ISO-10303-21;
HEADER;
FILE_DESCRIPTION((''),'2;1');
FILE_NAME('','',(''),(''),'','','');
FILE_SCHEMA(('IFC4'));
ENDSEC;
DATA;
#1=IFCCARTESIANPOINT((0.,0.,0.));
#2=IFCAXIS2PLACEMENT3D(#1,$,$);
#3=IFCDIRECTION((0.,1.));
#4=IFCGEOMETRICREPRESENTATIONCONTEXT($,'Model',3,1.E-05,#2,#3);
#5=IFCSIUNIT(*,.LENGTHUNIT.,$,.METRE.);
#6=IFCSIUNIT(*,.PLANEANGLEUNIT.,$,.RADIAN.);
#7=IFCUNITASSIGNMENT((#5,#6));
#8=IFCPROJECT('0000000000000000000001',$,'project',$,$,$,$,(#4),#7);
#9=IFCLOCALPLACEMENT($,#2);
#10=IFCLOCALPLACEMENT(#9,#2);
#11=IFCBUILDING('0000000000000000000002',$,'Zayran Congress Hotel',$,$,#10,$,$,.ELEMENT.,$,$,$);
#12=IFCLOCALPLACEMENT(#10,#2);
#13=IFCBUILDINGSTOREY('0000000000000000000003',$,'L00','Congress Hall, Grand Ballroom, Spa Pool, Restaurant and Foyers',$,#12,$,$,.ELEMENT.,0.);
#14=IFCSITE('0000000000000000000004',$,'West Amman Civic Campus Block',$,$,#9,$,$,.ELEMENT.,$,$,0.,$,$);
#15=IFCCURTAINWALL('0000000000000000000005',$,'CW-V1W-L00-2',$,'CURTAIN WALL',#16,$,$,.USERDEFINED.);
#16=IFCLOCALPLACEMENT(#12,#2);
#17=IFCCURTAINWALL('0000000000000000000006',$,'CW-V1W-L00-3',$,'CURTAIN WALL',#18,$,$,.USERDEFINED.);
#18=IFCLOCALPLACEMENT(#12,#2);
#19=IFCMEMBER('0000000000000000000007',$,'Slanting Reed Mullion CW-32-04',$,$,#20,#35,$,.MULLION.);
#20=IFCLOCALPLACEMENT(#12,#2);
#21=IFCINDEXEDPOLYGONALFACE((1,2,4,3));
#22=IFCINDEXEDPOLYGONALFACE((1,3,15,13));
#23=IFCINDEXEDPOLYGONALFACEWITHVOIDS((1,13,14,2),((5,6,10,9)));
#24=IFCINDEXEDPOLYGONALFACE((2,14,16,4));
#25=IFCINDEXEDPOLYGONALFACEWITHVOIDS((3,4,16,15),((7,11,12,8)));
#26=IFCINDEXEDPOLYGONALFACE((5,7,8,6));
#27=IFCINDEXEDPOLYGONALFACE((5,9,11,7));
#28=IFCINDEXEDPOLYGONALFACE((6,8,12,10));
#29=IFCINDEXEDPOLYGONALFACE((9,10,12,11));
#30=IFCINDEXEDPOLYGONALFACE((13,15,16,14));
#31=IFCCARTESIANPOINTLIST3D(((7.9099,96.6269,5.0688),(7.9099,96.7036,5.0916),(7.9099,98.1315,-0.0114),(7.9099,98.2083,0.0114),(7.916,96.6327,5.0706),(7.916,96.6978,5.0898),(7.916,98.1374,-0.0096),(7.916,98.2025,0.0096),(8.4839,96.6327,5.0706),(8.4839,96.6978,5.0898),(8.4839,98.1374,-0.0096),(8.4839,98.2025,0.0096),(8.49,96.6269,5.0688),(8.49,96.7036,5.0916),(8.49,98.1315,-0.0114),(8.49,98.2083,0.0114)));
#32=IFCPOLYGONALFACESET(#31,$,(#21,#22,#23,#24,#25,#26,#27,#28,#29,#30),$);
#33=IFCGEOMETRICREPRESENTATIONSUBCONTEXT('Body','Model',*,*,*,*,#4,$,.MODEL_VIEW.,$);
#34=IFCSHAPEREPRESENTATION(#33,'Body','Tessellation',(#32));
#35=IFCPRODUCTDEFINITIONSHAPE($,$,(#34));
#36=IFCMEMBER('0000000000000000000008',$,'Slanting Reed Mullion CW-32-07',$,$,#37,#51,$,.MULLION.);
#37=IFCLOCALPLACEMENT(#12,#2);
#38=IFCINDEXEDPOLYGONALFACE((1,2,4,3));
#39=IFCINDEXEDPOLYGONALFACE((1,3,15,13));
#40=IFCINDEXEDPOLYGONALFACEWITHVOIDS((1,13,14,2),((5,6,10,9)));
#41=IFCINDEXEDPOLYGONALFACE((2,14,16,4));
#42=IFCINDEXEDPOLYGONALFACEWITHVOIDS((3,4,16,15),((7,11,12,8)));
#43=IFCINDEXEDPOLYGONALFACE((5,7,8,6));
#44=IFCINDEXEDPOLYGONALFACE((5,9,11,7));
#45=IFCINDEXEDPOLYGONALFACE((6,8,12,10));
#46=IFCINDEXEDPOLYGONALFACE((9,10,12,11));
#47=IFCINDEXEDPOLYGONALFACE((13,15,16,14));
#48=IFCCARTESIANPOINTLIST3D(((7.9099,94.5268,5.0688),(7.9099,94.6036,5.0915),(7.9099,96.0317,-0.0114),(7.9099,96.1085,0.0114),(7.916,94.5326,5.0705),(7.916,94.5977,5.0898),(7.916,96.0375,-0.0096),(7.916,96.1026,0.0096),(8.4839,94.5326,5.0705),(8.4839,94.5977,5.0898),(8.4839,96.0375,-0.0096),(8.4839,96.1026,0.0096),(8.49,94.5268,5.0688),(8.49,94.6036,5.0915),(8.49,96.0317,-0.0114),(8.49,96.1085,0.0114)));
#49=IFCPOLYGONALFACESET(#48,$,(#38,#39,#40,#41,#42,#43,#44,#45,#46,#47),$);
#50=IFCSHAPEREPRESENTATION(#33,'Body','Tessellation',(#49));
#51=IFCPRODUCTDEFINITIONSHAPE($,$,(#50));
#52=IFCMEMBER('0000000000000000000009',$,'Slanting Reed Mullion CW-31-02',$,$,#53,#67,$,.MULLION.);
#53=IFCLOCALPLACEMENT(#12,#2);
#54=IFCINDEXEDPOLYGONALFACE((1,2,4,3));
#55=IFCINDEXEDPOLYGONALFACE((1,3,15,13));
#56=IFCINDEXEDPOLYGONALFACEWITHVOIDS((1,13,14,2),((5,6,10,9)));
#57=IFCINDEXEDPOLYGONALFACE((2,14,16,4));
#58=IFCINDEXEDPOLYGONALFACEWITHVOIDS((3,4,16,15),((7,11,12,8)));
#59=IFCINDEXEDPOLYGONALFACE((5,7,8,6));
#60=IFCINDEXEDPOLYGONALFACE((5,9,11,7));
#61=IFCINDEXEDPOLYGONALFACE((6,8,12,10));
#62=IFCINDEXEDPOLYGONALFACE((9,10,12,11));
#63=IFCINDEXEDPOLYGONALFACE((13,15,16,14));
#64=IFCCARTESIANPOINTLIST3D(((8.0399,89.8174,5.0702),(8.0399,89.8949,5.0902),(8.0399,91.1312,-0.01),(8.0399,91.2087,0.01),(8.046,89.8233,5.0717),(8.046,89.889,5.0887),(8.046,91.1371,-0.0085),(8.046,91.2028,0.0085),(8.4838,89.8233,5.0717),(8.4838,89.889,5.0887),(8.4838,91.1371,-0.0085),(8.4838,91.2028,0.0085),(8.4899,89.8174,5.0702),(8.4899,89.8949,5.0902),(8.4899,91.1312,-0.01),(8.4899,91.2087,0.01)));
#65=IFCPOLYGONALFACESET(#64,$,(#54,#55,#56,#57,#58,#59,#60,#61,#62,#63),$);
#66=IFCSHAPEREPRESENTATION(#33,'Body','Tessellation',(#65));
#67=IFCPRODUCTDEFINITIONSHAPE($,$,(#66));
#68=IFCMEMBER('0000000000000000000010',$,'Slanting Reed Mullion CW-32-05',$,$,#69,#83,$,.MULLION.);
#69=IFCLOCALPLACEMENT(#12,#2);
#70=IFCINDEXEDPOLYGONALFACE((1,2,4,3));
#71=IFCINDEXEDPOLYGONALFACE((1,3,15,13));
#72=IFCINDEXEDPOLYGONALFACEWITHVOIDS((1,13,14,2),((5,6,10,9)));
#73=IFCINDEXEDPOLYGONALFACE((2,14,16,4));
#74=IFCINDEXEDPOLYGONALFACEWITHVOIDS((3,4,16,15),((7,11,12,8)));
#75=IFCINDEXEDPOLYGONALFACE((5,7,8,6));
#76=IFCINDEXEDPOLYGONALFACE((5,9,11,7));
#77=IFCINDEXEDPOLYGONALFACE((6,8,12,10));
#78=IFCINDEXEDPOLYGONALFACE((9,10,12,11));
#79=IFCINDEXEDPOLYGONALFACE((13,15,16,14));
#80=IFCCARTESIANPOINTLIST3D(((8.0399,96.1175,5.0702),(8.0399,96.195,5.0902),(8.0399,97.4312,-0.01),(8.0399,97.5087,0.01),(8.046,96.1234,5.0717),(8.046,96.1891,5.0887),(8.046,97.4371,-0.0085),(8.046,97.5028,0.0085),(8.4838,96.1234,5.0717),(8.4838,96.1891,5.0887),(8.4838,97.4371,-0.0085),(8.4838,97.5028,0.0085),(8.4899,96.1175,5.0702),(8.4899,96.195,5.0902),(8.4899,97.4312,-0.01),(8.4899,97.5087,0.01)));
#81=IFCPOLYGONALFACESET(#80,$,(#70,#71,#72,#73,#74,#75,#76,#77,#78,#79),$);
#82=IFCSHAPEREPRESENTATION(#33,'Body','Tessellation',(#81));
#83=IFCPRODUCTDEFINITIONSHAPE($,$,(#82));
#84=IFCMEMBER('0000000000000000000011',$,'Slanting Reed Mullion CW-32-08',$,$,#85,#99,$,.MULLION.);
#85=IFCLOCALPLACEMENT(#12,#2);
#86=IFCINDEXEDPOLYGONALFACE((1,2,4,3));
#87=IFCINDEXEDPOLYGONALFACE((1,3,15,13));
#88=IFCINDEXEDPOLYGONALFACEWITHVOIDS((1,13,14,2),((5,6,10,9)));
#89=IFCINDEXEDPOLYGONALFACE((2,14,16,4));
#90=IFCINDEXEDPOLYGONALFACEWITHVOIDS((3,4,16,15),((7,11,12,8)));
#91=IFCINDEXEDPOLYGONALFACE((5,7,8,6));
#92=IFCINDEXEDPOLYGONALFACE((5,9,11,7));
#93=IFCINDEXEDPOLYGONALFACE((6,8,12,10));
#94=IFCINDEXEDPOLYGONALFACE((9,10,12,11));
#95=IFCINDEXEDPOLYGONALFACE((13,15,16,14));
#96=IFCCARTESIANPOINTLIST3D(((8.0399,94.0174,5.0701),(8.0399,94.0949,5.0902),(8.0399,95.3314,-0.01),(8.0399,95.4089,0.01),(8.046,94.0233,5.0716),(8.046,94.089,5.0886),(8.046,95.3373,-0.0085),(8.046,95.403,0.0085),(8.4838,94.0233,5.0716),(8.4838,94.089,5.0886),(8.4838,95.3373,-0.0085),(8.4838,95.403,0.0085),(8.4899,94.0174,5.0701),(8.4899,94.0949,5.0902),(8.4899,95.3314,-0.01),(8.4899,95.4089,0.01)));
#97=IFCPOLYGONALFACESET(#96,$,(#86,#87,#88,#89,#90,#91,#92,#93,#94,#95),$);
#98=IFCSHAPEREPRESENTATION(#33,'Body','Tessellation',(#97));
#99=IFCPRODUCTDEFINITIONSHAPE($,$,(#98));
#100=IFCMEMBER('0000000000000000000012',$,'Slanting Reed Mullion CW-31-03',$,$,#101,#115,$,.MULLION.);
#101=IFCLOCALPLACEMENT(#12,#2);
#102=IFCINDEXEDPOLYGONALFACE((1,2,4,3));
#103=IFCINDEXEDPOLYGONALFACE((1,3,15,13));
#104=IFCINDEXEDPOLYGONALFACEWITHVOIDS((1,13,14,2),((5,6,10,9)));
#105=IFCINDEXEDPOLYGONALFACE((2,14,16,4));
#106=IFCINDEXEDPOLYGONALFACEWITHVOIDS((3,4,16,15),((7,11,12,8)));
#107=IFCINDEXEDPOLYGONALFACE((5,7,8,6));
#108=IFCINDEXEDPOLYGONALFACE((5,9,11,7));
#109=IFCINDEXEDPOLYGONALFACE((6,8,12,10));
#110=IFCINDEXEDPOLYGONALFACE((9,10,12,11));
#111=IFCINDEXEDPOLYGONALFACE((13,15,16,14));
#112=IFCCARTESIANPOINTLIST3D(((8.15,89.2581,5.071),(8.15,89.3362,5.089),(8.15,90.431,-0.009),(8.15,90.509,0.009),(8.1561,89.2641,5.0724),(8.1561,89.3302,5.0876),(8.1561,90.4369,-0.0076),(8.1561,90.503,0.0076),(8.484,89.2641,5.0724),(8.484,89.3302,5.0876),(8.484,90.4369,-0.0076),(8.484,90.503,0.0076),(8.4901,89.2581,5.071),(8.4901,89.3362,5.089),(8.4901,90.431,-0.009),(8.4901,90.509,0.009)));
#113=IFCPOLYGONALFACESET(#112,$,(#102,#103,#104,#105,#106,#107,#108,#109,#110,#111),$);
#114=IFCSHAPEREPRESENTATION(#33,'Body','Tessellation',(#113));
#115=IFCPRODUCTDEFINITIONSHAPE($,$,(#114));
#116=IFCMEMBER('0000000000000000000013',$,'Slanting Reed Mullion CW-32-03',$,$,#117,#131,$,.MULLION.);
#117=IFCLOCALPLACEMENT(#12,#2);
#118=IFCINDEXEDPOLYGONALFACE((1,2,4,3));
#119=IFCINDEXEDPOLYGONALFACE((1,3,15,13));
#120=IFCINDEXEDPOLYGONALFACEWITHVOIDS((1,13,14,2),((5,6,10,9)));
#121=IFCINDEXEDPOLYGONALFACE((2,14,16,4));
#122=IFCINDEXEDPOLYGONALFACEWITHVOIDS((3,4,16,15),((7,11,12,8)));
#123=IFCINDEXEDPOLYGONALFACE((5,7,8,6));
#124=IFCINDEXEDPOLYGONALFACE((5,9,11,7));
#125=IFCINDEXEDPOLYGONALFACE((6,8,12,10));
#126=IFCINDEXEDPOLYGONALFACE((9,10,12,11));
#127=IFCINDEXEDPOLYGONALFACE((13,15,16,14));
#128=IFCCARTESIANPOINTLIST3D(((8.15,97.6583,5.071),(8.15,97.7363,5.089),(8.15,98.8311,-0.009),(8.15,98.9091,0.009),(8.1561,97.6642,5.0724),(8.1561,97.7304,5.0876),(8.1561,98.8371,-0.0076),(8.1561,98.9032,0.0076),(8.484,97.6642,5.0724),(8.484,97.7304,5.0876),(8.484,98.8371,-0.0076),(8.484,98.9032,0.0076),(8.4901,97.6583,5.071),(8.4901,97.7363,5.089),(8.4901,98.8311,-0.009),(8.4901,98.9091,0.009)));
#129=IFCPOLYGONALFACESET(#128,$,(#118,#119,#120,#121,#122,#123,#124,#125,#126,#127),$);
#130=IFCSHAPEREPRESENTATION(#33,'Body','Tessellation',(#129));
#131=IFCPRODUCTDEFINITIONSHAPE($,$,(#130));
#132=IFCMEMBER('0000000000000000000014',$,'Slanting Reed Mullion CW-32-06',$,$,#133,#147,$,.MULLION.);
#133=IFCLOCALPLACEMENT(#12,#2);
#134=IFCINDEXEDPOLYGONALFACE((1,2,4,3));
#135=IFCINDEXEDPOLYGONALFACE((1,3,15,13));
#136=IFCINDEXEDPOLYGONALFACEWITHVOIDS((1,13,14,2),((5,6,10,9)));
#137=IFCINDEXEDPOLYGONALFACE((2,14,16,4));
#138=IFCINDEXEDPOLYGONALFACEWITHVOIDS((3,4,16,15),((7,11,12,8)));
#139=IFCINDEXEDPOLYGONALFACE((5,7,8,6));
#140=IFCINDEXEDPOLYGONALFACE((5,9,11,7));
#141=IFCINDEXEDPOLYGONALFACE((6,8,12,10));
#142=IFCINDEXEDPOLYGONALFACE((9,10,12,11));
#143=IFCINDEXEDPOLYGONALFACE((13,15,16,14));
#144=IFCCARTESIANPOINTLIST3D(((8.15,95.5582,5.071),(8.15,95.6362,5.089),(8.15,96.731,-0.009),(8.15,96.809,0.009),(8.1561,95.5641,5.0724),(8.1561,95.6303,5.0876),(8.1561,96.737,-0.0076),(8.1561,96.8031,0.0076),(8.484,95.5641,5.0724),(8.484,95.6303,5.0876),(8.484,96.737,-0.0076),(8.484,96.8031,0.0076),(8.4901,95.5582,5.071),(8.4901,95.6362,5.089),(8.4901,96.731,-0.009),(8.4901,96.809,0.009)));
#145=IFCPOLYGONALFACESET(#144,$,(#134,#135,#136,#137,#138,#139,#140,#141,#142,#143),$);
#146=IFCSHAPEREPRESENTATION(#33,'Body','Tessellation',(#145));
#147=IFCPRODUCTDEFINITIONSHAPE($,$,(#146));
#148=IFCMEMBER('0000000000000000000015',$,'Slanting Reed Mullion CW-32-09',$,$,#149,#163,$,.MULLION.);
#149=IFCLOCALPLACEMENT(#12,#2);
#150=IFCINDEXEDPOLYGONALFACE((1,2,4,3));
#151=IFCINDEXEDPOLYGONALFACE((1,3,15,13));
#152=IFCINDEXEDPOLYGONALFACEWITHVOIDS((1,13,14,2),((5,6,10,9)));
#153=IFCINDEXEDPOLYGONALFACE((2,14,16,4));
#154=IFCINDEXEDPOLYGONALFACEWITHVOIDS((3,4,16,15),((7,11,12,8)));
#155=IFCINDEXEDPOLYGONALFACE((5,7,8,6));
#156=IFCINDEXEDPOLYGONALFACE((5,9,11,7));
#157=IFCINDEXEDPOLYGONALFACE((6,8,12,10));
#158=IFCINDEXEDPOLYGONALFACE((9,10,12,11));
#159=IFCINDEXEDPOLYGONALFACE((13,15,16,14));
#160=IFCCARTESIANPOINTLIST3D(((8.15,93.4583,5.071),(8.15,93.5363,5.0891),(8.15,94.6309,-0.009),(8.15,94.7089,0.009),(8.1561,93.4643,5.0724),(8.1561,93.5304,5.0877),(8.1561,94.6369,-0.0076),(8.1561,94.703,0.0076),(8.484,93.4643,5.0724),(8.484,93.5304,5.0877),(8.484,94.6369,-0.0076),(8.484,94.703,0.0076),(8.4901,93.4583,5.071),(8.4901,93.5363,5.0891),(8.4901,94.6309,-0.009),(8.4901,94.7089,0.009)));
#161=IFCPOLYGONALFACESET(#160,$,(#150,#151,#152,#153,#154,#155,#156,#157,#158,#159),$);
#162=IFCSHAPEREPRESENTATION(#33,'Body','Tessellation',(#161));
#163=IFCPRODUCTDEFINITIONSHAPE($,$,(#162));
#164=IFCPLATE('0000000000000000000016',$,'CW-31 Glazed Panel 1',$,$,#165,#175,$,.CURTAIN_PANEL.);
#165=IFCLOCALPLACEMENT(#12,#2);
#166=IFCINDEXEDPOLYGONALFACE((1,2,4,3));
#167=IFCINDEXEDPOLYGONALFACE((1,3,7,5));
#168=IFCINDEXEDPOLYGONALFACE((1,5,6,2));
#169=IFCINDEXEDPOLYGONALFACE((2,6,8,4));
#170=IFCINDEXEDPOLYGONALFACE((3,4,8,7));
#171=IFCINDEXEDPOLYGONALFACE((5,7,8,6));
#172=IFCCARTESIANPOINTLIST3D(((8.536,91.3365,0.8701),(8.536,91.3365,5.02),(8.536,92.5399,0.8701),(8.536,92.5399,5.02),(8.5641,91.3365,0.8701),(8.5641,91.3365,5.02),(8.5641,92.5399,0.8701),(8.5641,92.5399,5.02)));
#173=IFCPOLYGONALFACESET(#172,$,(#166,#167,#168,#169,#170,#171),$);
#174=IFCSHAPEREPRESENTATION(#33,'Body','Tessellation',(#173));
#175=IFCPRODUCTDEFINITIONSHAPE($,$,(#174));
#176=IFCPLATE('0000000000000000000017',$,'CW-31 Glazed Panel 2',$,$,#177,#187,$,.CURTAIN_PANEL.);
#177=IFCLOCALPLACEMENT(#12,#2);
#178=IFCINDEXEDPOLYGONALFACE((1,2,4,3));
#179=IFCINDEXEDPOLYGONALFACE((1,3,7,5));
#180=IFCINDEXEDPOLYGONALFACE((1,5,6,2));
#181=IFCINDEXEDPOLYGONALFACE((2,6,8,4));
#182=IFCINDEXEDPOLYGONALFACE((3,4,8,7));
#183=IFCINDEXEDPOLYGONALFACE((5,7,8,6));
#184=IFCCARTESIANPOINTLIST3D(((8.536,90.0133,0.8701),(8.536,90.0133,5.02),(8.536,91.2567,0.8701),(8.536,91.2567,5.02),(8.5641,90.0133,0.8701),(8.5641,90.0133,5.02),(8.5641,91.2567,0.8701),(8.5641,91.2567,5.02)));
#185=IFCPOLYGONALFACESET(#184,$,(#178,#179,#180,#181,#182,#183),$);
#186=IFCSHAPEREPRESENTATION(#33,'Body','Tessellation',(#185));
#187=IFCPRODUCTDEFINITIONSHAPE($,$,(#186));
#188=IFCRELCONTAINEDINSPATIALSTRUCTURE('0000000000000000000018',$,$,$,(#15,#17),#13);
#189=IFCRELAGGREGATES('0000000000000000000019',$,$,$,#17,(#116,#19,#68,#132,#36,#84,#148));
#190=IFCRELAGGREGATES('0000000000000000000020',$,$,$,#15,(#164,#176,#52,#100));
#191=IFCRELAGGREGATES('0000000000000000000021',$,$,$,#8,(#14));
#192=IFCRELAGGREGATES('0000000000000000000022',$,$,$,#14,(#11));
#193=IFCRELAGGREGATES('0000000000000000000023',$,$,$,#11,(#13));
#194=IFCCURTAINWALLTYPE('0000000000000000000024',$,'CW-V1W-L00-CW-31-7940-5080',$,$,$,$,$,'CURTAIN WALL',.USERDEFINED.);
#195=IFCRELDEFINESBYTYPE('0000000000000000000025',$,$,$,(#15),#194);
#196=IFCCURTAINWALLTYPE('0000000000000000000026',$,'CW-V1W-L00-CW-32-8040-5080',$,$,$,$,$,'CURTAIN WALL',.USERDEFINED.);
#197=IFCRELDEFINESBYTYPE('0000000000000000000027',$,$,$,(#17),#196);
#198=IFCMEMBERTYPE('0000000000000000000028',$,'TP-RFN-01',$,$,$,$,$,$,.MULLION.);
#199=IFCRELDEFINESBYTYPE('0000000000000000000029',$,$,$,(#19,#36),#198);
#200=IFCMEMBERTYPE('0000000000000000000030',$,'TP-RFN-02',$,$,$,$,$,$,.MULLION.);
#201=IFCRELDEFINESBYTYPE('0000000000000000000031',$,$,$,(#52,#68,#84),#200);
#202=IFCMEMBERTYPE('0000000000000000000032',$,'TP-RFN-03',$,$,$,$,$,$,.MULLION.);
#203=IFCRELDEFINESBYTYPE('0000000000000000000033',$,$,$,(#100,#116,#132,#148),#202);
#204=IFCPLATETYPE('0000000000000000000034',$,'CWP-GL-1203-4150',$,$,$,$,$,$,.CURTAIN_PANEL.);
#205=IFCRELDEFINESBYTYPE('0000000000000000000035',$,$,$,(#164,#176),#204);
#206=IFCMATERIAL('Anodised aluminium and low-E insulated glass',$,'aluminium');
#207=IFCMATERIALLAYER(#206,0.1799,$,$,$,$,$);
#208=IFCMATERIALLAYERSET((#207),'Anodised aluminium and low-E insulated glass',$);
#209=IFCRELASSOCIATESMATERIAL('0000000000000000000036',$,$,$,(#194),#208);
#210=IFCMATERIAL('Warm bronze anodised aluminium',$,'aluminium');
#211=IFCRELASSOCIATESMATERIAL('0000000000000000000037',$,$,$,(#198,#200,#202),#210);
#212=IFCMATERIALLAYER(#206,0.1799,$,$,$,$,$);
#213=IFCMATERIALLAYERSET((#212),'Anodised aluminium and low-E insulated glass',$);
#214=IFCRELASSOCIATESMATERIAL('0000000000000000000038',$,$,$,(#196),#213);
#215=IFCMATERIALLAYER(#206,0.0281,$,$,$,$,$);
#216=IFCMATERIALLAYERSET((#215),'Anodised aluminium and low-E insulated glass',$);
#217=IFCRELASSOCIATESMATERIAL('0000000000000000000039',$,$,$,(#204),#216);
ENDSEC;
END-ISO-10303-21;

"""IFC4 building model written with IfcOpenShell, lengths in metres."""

from ifc_helpers import new_model, si_unit, direction, frame, origin, origin_2d, place, context, subcontext, project, spatial, rectangle, hollow_rectangle, extrude, material, layer, layer_set, material_profile, profile_set, type_object, element, aggregate, save


model = new_model("IFC4")

# Units and contexts
model_context = context("Model", 3, precision=1e-05, world=origin(), true_north=direction((0.0, 1.0)))
body_context = subcontext(model_context, "Body", "Model", "MODEL_VIEW")
ifc_project = project(units=[si_unit("LENGTHUNIT", "METRE"), si_unit("PLANEANGLEUNIT", "RADIAN")], contexts=[model_context])

# Site, building, storey
site_placement = place(None, origin())
site = spatial("IfcSite", under=ifc_project, at=site_placement, Name="West Amman Civic Campus Block", CompositionType="ELEMENT", RefElevation=0.0)
building_placement = place(site_placement, origin())
building = spatial("IfcBuilding", under=site, at=building_placement, Name="Zayran Congress Hotel", CompositionType="ELEMENT")
storey_placement = place(building_placement, origin())
storey = spatial("IfcBuildingStorey", under=building, at=storey_placement, Name="L00", Description="Congress Hall, Grand Ballroom, Spa Pool, Restaurant and Foyers", CompositionType="ELEMENT", Elevation=0.0)

# Curtain walls, members
ifc_material_1 = material(Name="Anodised aluminium and low-E insulated glass", Category="aluminium")
ifc_layer_1 = layer(ifc_material_1, 0.1799)
ifc_layer_set_1 = layer_set([ifc_layer_1], Name="Anodised aluminium and low-E insulated glass")
curtain_wall_type_1 = type_object("IfcCurtainWallType", Name="CW-V1W-L00-CW-31-7940-5080", ElementType="CURTAIN WALL", PredefinedType="USERDEFINED", material=ifc_layer_set_1)
curtain_wall_1_placement = place(storey_placement, origin())
curtain_wall_1 = element("IfcCurtainWall", 1, at=curtain_wall_1_placement, inside=storey, type_object=curtain_wall_type_1, Name="CW-V1W-L00-2", ObjectType="CURTAIN WALL", PredefinedType="USERDEFINED")
ifc_material_2 = material(Name="Warm bronze anodised aluminium", Category="aluminium")
ifc_material_profile_1 = material_profile(ifc_material_2, hollow_rectangle(XDim=0.0801, YDim=0.5801, WallThickness=0.0061, at=origin_2d()), Name="RHS 580x80x6")
ifc_profile_set_1 = profile_set([ifc_material_profile_1], Name="Warm bronze anodised aluminium")
member_type_1 = type_object("IfcMemberType", Name="TP-RFN-01", PredefinedType="MULLION", material=ifc_profile_set_1)
ifc_layer_2 = layer(ifc_material_1, 0.1799)
ifc_layer_set_2 = layer_set([ifc_layer_2], Name="Anodised aluminium and low-E insulated glass")
curtain_wall_type_2 = type_object("IfcCurtainWallType", Name="CW-V1W-L00-CW-32-8040-5080", ElementType="CURTAIN WALL", PredefinedType="USERDEFINED", material=ifc_layer_set_2)
curtain_wall_2_placement = place(storey_placement, origin())
curtain_wall_2 = element("IfcCurtainWall", 2, at=curtain_wall_2_placement, inside=storey, type_object=curtain_wall_type_2, Name="CW-V1W-L00-3", ObjectType="CURTAIN WALL", PredefinedType="USERDEFINED")
member_1_placement = place(storey_placement, frame((8.2, 98.1699, 0.0), z_axis=(0.0, -0.283989, 0.958827), x_axis=(0.0, 0.958827, 0.283989)))
member_1 = element("IfcMember", 3, at=member_1_placement, type_object=member_type_1, Name="Slanting Reed Mullion CW-32-04", PredefinedType="MULLION", context=body_context, shape_type="SweptSolid", body=[
    extrude(hollow_rectangle(XDim=0.0801, YDim=0.5801, WallThickness=0.0061, at=origin_2d()), origin(), (0.0, 0.0, 1.0), 5.2983),
])
member_2_placement = place(storey_placement, frame((8.2, 96.0701, 0.0), z_axis=(0.0, -0.284032, 0.958815), x_axis=(0.0, 0.958815, 0.284032)))
member_2 = element("IfcMember", 4, at=member_2_placement, type_object=member_type_1, Name="Slanting Reed Mullion CW-32-07", PredefinedType="MULLION", context=body_context, shape_type="SweptSolid", body=[
    extrude(hollow_rectangle(XDim=0.0801, YDim=0.5801, WallThickness=0.0061, at=origin_2d()), origin(), (0.0, 0.0, 1.0), 5.2983),
])

# Members
ifc_material_profile_2 = material_profile(ifc_material_2, hollow_rectangle(XDim=0.0801, YDim=0.45, WallThickness=0.0061, at=origin_2d()), Name="RHS 450x80x6")
ifc_profile_set_2 = profile_set([ifc_material_profile_2], Name="Warm bronze anodised aluminium")
member_type_2 = type_object("IfcMemberType", Name="TP-RFN-02", PredefinedType="MULLION", material=ifc_profile_set_2)
member_3_placement = place(storey_placement, frame((8.2649, 91.1699, 0.0), z_axis=(0.0, -0.250366, 0.968151), x_axis=(0.0, 0.968151, 0.250366)))
member_3 = element("IfcMember", 5, at=member_3_placement, type_object=member_type_2, Name="Slanting Reed Mullion CW-31-02", PredefinedType="MULLION", context=body_context, shape_type="SweptSolid", body=[
    extrude(hollow_rectangle(XDim=0.0801, YDim=0.45, WallThickness=0.0061, at=origin_2d()), origin(), (0.0, 0.0, 1.0), 5.2473),
])
member_4_placement = place(storey_placement, frame((8.2649, 97.47, 0.0), z_axis=(0.0, -0.250366, 0.968151), x_axis=(0.0, 0.968151, 0.250366)))
member_4 = element("IfcMember", 6, at=member_4_placement, type_object=member_type_2, Name="Slanting Reed Mullion CW-32-05", PredefinedType="MULLION", context=body_context, shape_type="SweptSolid", body=[
    extrude(hollow_rectangle(XDim=0.0801, YDim=0.45, WallThickness=0.0061, at=origin_2d()), origin(), (0.0, 0.0, 1.0), 5.2473),
])
member_5_placement = place(storey_placement, frame((8.2649, 95.3701, 0.0), z_axis=(0.0, -0.25041, 0.96814), x_axis=(0.0, 0.96814, 0.25041)))
member_5 = element("IfcMember", 7, at=member_5_placement, type_object=member_type_2, Name="Slanting Reed Mullion CW-32-08", PredefinedType="MULLION", context=body_context, shape_type="SweptSolid", body=[
    extrude(hollow_rectangle(XDim=0.0801, YDim=0.45, WallThickness=0.0061, at=origin_2d()), origin(), (0.0, 0.0, 1.0), 5.2473),
])
ifc_material_profile_3 = material_profile(ifc_material_2, hollow_rectangle(XDim=0.0801, YDim=0.3401, WallThickness=0.0061, at=origin_2d()), Name="RHS 340x80x6")
ifc_profile_set_3 = profile_set([ifc_material_profile_3], Name="Warm bronze anodised aluminium")
member_type_3 = type_object("IfcMemberType", Name="TP-RFN-03", PredefinedType="MULLION", material=ifc_profile_set_3)
member_6_placement = place(storey_placement, frame((8.3201, 90.47, 0.0), z_axis=(0.0, -0.224955, 0.974369), x_axis=(0.0, 0.974369, 0.224955)))
member_6 = element("IfcMember", 8, at=member_6_placement, type_object=member_type_3, Name="Slanting Reed Mullion CW-31-03", PredefinedType="MULLION", context=body_context, shape_type="SweptSolid", body=[
    extrude(hollow_rectangle(XDim=0.0801, YDim=0.3401, WallThickness=0.0061, at=origin_2d()), origin(), (0.0, 0.0, 1.0), 5.2136),
])
member_7_placement = place(storey_placement, frame((8.3201, 98.8701, 0.0), z_axis=(0.0, -0.224955, 0.974369), x_axis=(0.0, 0.974369, 0.224955)))
member_7 = element("IfcMember", 9, at=member_7_placement, type_object=member_type_3, Name="Slanting Reed Mullion CW-32-03", PredefinedType="MULLION", context=body_context, shape_type="SweptSolid", body=[
    extrude(hollow_rectangle(XDim=0.0801, YDim=0.3401, WallThickness=0.0061, at=origin_2d()), origin(), (0.0, 0.0, 1.0), 5.2136),
])
member_8_placement = place(storey_placement, frame((8.3201, 96.77, 0.0), z_axis=(0.0, -0.224955, 0.974369), x_axis=(0.0, 0.974369, 0.224955)))
member_8 = element("IfcMember", 10, at=member_8_placement, type_object=member_type_3, Name="Slanting Reed Mullion CW-32-06", PredefinedType="MULLION", context=body_context, shape_type="SweptSolid", body=[
    extrude(hollow_rectangle(XDim=0.0801, YDim=0.3401, WallThickness=0.0061, at=origin_2d()), origin(), (0.0, 0.0, 1.0), 5.2136),
])
member_9_placement = place(storey_placement, frame((8.3201, 94.6699, 0.0), z_axis=(0.0, -0.224911, 0.974379), x_axis=(0.0, 0.974379, 0.224911)))
member_9 = element("IfcMember", 11, at=member_9_placement, type_object=member_type_3, Name="Slanting Reed Mullion CW-32-09", PredefinedType="MULLION", context=body_context, shape_type="SweptSolid", body=[
    extrude(hollow_rectangle(XDim=0.0801, YDim=0.3401, WallThickness=0.0061, at=origin_2d()), origin(), (0.0, 0.0, 1.0), 5.2136),
])
aggregate(curtain_wall_2, [member_7, member_1, member_4, member_8, member_2, member_5, member_9])

# Plates
ifc_layer_3 = layer(ifc_material_1, 0.0281)
ifc_layer_set_3 = layer_set([ifc_layer_3], Name="Anodised aluminium and low-E insulated glass")
plate_type_1 = type_object("IfcPlateType", Name="CWP-GL-1203-4150", PredefinedType="CURTAIN_PANEL", material=ifc_layer_set_3)
plate_1_placement = place(storey_placement, frame((8.55, 91.9382, 0.8701), z_axis=(0.0, 0.0, 1.0), x_axis=(0.0, 1.0, 0.0)))
plate_1 = element("IfcPlate", 12, at=plate_1_placement, type_object=plate_type_1, Name="CW-31 Glazed Panel 1", PredefinedType="CURTAIN_PANEL", context=body_context, shape_type="SweptSolid", body=[
    extrude(rectangle(XDim=1.2034, YDim=0.0281, at=origin_2d()), origin(), (0.0, 0.0, 1.0), 4.1499),
])
plate_2_placement = place(storey_placement, frame((8.55, 90.635, 0.8701), z_axis=(0.0, 0.0, 1.0), x_axis=(0.0, 1.0, 0.0)))
plate_2 = element("IfcPlate", 13, at=plate_2_placement, type_object=plate_type_1, Name="CW-31 Glazed Panel 2", PredefinedType="CURTAIN_PANEL", context=body_context, shape_type="SweptSolid", body=[
    extrude(rectangle(XDim=1.2434, YDim=0.0281, at=origin_2d()), origin(), (0.0, 0.0, 1.0), 4.1499),
])
aggregate(curtain_wall_1, [plate_1, plate_2, member_3, member_6])

save(model, "model.ifc")
